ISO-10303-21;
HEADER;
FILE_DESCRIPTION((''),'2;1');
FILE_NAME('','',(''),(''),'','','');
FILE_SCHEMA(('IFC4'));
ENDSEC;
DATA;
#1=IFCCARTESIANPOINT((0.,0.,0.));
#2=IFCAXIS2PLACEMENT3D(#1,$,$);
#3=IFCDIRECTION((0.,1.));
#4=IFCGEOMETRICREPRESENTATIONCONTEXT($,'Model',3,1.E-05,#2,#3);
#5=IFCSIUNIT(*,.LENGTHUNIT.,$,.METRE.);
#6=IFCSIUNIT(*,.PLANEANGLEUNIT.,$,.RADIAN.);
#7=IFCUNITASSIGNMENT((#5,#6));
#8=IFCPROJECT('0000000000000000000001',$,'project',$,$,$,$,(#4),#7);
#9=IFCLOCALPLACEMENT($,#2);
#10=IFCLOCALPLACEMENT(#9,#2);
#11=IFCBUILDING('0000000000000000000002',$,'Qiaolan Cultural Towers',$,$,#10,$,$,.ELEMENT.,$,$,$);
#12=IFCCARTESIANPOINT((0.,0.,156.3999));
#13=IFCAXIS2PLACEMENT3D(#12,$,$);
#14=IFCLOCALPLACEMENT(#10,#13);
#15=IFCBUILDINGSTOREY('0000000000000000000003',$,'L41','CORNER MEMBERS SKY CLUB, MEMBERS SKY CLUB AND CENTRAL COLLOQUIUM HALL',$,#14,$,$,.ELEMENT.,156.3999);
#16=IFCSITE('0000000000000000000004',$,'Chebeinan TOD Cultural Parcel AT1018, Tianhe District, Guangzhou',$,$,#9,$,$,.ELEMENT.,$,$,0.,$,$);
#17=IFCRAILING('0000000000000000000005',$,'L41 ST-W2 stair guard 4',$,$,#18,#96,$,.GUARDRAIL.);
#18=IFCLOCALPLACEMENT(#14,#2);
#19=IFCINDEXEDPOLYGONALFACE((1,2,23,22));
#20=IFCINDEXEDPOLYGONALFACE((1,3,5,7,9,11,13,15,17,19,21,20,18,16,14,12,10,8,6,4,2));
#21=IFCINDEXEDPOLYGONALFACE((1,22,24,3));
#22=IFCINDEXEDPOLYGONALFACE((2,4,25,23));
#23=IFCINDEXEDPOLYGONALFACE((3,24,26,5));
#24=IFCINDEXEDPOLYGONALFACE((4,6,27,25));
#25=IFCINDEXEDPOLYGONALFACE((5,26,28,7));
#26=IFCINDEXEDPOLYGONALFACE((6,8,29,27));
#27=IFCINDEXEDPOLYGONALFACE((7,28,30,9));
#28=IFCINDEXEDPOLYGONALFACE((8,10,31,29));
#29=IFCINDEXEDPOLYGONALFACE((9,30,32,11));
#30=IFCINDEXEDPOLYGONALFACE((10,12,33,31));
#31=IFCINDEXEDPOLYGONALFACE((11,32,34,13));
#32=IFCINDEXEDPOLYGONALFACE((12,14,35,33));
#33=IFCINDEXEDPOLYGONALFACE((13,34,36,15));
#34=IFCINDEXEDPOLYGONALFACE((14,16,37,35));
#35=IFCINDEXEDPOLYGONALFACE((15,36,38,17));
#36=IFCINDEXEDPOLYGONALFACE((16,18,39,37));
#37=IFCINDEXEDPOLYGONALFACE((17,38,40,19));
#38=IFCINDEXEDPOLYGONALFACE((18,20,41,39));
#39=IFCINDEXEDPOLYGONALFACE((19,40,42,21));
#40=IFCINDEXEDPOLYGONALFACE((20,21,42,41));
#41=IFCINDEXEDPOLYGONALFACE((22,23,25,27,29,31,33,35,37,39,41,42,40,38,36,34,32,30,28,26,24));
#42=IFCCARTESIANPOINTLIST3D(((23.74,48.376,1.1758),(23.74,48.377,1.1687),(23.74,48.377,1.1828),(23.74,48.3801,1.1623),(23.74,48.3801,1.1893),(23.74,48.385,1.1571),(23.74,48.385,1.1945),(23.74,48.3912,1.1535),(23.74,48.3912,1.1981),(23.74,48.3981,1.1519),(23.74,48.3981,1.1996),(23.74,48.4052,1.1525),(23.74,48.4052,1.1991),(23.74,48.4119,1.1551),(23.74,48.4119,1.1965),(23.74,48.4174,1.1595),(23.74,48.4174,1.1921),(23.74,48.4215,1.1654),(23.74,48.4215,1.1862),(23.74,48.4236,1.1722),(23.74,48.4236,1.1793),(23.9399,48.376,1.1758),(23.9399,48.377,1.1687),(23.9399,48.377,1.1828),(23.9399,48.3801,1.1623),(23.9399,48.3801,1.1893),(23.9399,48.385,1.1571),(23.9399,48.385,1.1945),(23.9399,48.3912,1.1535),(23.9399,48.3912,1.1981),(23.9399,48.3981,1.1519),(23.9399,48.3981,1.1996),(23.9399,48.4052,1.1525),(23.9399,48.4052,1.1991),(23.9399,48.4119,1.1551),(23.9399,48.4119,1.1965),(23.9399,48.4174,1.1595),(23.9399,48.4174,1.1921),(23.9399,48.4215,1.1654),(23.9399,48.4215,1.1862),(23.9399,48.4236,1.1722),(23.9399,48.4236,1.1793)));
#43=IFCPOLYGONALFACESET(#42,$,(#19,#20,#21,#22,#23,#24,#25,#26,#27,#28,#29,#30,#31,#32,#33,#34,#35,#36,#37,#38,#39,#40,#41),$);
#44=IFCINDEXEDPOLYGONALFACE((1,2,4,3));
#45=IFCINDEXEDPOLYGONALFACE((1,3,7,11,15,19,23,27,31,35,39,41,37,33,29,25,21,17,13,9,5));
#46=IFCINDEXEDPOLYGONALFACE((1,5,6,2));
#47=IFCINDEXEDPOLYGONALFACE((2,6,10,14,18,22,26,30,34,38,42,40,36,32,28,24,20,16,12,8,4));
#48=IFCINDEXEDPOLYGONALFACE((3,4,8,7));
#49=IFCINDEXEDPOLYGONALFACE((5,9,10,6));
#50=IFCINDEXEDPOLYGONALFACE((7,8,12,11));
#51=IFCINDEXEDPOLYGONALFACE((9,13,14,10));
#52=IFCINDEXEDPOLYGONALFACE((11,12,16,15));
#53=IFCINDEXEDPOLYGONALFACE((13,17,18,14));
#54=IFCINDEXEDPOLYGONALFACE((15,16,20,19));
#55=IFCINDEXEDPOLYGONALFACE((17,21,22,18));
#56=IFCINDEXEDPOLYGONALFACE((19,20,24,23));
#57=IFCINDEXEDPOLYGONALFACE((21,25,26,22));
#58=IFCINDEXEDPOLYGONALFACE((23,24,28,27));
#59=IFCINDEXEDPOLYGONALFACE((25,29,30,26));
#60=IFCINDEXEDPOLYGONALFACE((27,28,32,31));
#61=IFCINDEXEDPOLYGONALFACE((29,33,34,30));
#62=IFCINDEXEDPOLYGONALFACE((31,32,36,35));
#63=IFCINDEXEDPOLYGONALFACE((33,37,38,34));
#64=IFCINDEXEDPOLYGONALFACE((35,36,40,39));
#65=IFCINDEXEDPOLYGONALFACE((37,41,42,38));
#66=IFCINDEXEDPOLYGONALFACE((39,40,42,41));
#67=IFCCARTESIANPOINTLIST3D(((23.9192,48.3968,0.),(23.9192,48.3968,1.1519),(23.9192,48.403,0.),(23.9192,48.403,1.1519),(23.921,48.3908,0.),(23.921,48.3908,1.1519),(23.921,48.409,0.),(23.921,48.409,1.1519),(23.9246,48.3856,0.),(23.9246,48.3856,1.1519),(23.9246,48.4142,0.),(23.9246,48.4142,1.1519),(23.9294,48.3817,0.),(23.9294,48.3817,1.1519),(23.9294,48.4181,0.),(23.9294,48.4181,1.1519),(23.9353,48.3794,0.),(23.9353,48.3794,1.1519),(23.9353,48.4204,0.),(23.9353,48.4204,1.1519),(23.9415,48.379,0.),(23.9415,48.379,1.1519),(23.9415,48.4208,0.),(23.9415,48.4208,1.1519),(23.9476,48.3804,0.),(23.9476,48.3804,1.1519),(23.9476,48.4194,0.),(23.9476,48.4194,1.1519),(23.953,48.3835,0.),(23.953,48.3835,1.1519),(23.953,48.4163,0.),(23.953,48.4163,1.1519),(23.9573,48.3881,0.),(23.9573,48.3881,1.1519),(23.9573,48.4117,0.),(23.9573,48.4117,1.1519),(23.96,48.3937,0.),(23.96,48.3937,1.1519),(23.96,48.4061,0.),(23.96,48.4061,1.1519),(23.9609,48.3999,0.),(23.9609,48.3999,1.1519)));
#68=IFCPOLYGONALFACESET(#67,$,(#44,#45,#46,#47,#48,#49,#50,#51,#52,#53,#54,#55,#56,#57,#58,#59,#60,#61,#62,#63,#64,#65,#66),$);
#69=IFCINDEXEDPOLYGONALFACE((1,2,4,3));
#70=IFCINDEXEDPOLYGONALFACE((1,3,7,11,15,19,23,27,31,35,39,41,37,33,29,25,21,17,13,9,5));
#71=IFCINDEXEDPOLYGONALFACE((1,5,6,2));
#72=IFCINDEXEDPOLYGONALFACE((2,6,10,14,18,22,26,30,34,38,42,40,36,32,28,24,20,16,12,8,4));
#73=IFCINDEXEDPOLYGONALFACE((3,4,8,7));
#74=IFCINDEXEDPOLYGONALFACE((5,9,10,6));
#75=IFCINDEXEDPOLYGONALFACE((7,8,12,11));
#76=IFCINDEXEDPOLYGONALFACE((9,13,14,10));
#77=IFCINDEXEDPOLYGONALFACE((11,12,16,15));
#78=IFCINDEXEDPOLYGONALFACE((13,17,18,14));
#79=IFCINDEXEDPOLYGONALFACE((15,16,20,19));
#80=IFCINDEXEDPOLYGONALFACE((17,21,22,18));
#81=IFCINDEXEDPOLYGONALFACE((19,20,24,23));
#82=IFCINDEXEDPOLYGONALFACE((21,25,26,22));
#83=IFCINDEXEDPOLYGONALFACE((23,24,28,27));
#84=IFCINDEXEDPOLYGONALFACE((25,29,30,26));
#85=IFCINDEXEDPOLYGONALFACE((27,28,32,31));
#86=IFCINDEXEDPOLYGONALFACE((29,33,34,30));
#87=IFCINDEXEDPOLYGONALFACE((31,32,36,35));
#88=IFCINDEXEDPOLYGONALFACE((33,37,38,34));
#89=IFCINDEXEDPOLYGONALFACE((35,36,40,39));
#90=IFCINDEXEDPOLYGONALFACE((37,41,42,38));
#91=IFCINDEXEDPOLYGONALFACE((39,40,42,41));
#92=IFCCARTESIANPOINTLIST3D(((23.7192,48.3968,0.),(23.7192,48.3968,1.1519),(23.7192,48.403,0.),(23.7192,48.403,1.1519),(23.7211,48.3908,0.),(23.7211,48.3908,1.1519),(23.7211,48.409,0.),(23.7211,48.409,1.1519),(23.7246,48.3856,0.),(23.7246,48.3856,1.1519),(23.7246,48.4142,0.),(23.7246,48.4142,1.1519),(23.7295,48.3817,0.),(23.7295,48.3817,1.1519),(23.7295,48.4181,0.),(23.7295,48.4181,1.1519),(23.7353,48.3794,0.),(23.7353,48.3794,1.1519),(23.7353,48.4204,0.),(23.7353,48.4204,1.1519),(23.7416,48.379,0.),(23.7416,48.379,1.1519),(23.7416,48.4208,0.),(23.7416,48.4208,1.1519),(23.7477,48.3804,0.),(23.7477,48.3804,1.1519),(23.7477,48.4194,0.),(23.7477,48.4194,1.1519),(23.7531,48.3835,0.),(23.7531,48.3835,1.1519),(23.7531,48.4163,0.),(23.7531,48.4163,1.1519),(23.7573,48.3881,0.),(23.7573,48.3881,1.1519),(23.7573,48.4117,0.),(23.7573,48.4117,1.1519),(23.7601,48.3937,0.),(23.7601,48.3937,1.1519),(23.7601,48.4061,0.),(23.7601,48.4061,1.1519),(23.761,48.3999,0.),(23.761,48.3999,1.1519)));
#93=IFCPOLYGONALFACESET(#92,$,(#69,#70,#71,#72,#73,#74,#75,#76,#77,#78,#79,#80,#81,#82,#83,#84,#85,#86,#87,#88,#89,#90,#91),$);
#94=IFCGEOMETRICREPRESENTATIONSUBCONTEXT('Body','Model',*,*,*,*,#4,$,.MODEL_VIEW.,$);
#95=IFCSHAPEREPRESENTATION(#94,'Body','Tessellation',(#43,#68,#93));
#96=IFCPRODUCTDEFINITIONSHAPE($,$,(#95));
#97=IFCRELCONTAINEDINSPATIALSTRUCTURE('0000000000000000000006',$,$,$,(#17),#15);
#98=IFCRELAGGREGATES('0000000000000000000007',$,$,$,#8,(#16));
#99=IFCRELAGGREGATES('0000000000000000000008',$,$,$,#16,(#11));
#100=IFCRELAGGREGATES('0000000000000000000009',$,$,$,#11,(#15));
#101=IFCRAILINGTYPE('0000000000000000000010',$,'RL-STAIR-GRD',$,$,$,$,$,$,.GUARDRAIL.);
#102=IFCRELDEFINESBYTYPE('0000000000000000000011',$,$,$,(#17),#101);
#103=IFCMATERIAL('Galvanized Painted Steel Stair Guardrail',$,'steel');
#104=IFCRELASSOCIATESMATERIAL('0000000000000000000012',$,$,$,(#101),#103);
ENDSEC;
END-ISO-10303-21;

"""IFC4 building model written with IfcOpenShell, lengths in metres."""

from ifc_helpers import new_model, si_unit, direction, frame, origin, origin_2d, place, context, subcontext, project, spatial, circle, extrude, material, type_object, element, save


model = new_model("IFC4")

# Units and contexts
model_context = context("Model", 3, precision=1e-05, world=origin(), true_north=direction((0.0, 1.0)))
body_context = subcontext(model_context, "Body", "Model", "MODEL_VIEW")
ifc_project = project(units=[si_unit("LENGTHUNIT", "METRE"), si_unit("PLANEANGLEUNIT", "RADIAN")], contexts=[model_context])

# Site, building, storey
site_placement = place(None, origin())
site = spatial("IfcSite", under=ifc_project, at=site_placement, Name="Chebeinan TOD Cultural Parcel AT1018, Tianhe District, Guangzhou", CompositionType="ELEMENT", RefElevation=0.0)
building_placement = place(site_placement, origin())
building = spatial("IfcBuilding", under=site, at=building_placement, Name="Qiaolan Cultural Towers", CompositionType="ELEMENT")
storey_placement = place(building_placement, frame((0.0, 0.0, 156.3999)))
storey = spatial("IfcBuildingStorey", under=building, at=storey_placement, Name="L41", Description="CORNER MEMBERS SKY CLUB, MEMBERS SKY CLUB AND CENTRAL COLLOQUIUM HALL", CompositionType="ELEMENT", Elevation=156.3999)

# Railing
ifc_material_1 = material(Name="Galvanized Painted Steel Stair Guardrail", Category="steel")
railing_type_1 = type_object("IfcRailingType", Name="RL-STAIR-GRD", PredefinedType="GUARDRAIL", material=ifc_material_1)
railing_1_placement = place(storey_placement, frame((23.9399, 48.3999, 0.0)))
element("IfcRailing", 1, at=railing_1_placement, inside=storey, type_object=railing_type_1, Name="L41 ST-W2 stair guard 4", PredefinedType="GUARDRAIL", context=body_context, shape_type="SweptSolid", body=[
    extrude(circle(Radius=0.0239, at=origin_2d()), frame((0.0, 0.0, 1.1758), z_axis=(-1.0, 0.0, 0.0), x_axis=(0.0, -1.0, 0.0)), (0.0, 0.0, 1.0), 0.2),
    extrude(circle(Radius=0.021, at=origin_2d()), origin(), (0.0, 0.0, 1.0), 1.1519),
    extrude(circle(Radius=0.021, at=origin_2d()), frame((-0.2, 0.0, 0.0)), (0.0, 0.0, 1.0), 1.1519),
])

save(model, "model.ifc")
